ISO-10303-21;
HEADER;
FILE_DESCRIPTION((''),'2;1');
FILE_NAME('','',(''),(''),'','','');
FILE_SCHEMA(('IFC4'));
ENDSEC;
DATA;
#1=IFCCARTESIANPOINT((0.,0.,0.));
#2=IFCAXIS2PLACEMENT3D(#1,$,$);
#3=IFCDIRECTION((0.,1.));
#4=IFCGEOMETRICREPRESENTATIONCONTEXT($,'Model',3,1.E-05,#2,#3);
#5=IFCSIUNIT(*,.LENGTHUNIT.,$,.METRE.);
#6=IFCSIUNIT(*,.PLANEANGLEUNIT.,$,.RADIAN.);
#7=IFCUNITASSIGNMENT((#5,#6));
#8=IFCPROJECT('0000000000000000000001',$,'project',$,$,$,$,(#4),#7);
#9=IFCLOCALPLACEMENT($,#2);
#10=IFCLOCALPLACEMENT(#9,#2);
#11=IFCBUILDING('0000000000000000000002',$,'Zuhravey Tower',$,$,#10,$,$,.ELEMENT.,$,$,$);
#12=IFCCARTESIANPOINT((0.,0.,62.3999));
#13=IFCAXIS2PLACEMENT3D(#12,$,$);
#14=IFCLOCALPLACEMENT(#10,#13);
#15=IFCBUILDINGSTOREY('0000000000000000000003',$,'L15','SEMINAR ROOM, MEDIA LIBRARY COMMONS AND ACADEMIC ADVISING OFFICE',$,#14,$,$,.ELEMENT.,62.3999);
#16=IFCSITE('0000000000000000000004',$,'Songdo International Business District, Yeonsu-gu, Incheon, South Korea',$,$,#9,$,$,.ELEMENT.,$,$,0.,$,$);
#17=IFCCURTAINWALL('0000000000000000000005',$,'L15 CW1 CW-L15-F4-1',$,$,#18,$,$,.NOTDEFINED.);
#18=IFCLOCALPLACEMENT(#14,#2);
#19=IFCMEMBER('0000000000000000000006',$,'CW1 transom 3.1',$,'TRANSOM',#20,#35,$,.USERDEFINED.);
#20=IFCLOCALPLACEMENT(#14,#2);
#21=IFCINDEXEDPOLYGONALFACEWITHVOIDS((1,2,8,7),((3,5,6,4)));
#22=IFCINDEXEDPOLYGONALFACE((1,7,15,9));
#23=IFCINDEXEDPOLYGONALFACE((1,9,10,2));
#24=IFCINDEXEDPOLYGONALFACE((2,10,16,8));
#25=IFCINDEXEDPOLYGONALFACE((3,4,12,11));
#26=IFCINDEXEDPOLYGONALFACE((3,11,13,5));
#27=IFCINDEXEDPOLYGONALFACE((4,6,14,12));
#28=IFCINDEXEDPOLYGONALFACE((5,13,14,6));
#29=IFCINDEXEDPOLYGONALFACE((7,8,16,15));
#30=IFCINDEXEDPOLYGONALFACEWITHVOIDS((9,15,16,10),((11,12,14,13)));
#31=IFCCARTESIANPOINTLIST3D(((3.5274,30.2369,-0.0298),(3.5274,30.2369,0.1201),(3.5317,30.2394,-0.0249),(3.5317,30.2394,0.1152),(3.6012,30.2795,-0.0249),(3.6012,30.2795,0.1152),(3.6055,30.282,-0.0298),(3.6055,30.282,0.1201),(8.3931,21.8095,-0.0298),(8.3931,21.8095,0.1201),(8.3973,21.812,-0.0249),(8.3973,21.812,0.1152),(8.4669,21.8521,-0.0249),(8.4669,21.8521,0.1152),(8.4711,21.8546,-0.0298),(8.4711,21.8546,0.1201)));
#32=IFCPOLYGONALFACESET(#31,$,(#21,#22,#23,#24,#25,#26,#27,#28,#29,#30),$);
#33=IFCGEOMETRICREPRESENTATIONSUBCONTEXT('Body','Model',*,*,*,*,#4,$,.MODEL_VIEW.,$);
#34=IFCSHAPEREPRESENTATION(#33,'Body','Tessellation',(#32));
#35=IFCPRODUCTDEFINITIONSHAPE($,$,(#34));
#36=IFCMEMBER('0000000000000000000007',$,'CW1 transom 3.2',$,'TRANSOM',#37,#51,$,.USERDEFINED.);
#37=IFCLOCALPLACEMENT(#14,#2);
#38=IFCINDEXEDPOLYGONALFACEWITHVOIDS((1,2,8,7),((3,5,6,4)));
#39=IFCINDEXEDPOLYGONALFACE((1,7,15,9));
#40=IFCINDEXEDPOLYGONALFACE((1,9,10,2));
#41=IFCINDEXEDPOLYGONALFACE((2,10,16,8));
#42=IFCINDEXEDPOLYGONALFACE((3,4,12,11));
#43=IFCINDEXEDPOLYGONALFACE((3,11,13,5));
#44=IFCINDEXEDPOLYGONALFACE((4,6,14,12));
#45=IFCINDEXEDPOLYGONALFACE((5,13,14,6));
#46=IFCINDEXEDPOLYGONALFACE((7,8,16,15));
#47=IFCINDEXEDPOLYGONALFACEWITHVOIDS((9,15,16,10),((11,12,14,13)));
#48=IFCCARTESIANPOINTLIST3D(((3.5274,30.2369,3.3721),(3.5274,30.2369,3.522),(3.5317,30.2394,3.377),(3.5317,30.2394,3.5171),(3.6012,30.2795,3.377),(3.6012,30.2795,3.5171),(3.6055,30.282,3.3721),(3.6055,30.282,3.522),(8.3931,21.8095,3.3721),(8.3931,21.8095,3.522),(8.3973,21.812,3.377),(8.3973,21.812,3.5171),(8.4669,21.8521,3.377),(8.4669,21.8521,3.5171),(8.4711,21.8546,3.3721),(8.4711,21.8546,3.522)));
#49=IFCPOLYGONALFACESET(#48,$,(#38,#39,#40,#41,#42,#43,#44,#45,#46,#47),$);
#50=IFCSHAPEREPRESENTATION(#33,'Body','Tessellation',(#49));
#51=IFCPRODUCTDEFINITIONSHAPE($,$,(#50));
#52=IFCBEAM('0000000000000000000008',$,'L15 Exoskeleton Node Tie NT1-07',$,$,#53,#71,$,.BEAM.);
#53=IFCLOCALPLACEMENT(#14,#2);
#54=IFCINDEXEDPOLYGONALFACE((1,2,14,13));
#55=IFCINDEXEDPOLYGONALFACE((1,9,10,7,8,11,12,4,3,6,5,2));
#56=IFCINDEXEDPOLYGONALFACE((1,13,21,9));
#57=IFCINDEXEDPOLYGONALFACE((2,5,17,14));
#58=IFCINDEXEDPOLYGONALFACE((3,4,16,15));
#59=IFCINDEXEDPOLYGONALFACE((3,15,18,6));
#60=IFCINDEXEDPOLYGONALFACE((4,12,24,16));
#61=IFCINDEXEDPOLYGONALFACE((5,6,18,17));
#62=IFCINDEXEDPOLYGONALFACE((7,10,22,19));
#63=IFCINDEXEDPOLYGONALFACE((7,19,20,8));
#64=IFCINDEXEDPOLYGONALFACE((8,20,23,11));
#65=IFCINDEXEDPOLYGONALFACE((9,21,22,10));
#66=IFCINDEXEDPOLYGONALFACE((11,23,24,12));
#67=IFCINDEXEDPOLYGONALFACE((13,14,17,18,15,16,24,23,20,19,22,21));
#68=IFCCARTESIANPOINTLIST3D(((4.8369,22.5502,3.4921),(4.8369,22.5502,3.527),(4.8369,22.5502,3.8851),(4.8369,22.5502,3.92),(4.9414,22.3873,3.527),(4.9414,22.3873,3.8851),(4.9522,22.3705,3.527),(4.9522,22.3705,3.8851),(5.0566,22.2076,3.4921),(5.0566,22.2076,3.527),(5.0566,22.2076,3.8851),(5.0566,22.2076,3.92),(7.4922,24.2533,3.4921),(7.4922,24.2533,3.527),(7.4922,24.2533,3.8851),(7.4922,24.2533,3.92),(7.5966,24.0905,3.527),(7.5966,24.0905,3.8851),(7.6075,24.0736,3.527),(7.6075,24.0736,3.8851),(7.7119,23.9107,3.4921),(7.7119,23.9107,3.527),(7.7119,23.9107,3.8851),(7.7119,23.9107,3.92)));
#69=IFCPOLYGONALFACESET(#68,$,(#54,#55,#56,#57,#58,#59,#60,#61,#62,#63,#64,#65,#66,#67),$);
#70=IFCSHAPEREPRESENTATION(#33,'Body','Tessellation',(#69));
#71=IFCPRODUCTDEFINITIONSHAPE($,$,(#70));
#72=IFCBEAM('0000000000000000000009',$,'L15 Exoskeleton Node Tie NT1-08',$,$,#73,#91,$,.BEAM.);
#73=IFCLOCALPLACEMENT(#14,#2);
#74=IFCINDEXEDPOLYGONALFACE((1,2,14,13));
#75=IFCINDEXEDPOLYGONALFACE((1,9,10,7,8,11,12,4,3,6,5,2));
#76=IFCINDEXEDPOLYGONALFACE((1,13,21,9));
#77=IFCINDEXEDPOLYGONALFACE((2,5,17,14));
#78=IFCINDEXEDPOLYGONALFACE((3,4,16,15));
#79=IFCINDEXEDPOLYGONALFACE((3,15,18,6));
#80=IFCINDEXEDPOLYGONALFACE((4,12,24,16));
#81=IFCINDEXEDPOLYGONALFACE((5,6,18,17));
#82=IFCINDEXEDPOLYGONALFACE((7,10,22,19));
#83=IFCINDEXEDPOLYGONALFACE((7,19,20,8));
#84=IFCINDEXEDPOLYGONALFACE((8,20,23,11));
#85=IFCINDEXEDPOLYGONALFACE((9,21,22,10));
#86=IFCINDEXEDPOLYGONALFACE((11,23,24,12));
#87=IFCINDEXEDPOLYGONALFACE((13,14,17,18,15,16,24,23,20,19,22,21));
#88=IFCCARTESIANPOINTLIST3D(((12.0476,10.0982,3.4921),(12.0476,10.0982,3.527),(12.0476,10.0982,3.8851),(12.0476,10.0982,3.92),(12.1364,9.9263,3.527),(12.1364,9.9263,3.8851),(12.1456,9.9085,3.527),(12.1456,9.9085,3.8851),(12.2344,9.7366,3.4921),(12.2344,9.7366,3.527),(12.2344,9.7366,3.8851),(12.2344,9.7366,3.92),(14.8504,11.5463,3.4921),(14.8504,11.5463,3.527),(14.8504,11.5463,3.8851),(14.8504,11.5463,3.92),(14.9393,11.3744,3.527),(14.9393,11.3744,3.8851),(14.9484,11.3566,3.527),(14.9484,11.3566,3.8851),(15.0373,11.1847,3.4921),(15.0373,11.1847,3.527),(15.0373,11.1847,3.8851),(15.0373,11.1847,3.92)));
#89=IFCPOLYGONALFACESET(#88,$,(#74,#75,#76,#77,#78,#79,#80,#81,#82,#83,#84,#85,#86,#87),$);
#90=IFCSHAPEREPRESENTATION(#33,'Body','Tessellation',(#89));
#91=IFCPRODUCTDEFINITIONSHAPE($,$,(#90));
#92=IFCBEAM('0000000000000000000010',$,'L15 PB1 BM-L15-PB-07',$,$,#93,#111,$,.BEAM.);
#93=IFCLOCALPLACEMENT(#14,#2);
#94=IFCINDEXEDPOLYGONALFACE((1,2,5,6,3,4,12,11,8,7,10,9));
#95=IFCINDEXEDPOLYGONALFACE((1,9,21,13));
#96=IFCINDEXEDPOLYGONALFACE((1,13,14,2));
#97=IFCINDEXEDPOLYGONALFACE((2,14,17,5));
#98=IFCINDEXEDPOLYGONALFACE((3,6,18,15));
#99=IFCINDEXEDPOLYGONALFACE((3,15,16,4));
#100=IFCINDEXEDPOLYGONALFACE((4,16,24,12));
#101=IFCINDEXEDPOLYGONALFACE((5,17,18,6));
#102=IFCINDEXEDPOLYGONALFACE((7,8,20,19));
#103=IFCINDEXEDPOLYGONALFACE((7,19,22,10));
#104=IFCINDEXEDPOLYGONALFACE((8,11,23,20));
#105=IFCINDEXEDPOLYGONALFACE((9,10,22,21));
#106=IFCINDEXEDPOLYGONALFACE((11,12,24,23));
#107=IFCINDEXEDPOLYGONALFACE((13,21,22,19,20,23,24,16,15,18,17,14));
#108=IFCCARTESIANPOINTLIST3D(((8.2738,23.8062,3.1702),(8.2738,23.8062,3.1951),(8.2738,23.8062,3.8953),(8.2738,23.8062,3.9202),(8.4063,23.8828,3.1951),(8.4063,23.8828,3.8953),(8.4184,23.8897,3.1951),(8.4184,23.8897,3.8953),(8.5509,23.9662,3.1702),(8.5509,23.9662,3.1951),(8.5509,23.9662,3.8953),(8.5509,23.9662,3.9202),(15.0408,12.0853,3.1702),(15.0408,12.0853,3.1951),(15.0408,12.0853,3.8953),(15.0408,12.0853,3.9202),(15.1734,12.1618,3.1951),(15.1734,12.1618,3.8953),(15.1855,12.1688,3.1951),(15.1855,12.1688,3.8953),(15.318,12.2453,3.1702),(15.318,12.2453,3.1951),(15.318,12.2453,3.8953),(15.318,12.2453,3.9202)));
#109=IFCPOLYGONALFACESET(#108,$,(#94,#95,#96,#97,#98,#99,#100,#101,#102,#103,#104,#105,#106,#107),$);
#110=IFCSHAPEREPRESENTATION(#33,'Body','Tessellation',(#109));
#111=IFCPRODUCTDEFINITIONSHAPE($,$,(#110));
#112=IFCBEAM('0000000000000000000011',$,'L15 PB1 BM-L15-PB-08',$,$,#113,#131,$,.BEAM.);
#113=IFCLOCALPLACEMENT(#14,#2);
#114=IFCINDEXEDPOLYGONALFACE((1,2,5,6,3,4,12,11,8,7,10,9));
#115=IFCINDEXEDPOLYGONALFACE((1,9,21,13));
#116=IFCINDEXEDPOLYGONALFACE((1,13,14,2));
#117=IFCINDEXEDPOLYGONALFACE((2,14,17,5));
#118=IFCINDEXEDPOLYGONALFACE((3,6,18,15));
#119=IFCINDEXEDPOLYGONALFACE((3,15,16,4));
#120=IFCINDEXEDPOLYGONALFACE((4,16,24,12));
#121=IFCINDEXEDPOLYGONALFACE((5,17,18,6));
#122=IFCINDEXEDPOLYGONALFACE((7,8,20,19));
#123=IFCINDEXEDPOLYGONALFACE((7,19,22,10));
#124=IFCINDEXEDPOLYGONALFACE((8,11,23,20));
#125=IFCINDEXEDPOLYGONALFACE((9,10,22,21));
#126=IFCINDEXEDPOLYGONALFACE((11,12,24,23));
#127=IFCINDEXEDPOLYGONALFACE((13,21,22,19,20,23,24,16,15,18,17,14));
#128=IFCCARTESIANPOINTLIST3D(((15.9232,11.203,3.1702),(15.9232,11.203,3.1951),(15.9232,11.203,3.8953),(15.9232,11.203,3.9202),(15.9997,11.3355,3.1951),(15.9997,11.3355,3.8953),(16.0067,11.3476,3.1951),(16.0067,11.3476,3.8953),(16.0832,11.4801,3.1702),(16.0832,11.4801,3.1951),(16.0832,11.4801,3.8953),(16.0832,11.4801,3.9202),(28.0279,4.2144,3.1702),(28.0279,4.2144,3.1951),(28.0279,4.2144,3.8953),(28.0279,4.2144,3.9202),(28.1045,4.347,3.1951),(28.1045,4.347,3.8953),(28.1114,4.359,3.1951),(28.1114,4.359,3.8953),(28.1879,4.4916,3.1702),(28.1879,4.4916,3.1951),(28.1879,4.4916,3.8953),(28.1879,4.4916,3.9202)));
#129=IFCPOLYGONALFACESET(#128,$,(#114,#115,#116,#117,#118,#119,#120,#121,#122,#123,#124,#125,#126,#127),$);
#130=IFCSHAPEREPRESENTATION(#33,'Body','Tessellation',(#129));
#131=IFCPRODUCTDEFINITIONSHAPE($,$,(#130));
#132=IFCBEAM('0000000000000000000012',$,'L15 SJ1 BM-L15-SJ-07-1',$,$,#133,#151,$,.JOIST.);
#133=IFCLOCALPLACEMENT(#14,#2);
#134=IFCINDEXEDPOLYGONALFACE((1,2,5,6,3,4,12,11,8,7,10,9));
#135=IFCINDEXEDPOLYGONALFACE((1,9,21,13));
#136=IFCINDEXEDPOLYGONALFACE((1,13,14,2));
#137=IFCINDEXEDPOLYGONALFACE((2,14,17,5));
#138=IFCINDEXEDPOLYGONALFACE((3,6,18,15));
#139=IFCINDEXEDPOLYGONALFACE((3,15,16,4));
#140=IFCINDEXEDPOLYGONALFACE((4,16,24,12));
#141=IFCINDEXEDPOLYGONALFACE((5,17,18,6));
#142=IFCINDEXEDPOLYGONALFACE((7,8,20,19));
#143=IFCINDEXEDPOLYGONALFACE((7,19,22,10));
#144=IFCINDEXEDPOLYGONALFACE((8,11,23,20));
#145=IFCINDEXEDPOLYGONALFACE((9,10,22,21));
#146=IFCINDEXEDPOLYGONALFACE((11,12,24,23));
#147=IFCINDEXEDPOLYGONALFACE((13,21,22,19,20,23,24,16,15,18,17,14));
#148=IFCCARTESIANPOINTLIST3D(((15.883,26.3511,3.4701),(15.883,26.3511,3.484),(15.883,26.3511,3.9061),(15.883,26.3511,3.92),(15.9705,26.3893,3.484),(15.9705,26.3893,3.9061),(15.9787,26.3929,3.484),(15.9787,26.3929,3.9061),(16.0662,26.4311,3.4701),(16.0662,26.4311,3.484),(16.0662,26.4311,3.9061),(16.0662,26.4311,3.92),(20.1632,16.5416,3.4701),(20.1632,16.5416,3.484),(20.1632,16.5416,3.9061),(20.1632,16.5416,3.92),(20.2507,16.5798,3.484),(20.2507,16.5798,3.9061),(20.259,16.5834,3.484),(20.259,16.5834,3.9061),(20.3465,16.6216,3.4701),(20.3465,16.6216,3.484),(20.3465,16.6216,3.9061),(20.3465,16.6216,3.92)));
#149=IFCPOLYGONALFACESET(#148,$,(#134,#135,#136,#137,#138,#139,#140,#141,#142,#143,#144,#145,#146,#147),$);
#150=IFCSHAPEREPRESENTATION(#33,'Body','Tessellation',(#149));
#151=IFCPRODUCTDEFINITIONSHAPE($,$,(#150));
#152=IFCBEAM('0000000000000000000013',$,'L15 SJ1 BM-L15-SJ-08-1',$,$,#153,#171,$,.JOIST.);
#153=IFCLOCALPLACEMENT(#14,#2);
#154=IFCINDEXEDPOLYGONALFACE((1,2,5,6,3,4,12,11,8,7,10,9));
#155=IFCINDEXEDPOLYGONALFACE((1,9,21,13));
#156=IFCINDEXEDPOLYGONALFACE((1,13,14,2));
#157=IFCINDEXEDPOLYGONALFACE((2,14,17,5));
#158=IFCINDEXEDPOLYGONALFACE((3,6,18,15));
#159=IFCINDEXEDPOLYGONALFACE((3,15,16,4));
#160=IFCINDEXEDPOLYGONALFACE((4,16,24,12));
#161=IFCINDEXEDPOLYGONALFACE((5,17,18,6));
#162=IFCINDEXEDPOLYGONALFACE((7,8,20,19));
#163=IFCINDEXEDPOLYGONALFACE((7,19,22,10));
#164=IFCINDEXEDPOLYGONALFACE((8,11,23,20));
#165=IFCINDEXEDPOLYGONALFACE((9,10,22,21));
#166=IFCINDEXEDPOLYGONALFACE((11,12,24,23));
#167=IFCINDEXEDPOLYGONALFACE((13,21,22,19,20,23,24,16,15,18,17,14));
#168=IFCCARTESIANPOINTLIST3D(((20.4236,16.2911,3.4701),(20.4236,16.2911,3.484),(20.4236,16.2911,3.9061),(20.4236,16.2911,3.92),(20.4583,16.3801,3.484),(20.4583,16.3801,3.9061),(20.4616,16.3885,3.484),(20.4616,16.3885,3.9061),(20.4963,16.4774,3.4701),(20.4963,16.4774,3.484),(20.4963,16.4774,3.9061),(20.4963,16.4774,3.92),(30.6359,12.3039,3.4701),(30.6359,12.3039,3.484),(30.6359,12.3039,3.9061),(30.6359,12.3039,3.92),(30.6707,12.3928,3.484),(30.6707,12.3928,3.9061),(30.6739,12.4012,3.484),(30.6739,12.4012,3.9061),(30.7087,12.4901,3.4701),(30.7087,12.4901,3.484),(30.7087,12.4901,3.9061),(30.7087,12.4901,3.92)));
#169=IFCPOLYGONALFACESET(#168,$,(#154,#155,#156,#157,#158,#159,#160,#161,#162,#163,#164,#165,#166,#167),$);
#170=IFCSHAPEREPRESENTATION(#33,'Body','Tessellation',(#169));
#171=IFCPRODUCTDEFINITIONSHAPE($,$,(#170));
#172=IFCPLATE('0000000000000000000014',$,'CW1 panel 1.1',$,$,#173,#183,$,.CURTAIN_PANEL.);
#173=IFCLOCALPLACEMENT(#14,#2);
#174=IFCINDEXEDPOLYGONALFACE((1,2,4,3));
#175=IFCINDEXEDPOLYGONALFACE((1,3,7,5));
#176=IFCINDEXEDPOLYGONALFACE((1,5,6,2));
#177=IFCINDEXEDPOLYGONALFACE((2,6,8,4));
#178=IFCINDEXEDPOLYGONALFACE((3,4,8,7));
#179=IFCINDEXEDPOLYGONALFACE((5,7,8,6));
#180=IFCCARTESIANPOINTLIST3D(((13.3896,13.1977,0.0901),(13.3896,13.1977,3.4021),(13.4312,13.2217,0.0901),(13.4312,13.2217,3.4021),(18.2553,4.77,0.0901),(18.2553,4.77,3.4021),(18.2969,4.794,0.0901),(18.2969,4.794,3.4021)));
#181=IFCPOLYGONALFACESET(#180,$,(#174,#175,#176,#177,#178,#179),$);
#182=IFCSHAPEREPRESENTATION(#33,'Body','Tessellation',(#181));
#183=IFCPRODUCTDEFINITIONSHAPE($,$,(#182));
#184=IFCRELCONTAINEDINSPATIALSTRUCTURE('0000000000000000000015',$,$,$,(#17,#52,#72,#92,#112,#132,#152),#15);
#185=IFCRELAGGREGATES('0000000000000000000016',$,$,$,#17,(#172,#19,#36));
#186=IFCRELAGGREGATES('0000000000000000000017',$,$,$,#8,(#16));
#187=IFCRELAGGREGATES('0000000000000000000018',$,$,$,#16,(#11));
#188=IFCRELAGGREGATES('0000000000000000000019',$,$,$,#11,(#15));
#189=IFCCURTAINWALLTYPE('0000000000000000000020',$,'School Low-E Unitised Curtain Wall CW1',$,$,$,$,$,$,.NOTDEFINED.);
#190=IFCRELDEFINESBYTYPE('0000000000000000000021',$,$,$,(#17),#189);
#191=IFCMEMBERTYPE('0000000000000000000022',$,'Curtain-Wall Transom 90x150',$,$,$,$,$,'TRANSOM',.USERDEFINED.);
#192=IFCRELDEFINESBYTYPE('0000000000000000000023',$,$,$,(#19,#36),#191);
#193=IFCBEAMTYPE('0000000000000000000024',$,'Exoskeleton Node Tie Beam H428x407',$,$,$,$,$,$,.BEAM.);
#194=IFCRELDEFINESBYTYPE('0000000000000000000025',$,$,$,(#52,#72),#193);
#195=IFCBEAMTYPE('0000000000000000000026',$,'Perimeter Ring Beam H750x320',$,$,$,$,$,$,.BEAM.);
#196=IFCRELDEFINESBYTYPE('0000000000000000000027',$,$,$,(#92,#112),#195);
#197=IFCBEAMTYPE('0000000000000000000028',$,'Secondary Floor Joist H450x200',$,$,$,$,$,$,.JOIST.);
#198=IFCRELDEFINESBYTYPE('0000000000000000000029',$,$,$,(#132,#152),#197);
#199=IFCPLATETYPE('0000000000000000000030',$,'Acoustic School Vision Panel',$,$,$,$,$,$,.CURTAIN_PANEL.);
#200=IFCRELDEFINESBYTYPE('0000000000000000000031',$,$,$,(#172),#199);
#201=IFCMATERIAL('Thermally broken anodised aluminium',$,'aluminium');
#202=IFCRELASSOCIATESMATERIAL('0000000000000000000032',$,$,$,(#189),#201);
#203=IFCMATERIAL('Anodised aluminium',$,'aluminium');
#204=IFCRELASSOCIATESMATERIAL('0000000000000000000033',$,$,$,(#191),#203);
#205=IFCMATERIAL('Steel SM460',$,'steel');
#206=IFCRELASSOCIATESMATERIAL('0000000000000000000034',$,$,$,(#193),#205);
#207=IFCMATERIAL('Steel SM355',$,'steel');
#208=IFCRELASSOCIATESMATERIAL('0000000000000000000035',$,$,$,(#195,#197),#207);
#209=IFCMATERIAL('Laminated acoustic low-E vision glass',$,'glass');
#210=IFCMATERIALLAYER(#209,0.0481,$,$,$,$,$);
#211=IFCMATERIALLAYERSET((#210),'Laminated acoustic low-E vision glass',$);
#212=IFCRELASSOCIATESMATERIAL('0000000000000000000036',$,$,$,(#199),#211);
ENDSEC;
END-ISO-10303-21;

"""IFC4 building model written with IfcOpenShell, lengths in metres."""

from ifc_helpers import new_model, si_unit, direction, frame, origin, origin_2d, place, context, subcontext, project, spatial, rectangle, hollow_rectangle, i_section, extrude, material, layer, layer_set, material_profile, profile_set, type_object, element, aggregate, save


model = new_model("IFC4")

# Units and contexts
model_context = context("Model", 3, precision=1e-05, world=origin(), true_north=direction((0.0, 1.0)))
body_context = subcontext(model_context, "Body", "Model", "MODEL_VIEW")
ifc_project = project(units=[si_unit("LENGTHUNIT", "METRE"), si_unit("PLANEANGLEUNIT", "RADIAN")], contexts=[model_context])

# Site, building, storey
site_placement = place(None, origin())
site = spatial("IfcSite", under=ifc_project, at=site_placement, Name="Songdo International Business District, Yeonsu-gu, Incheon, South Korea", CompositionType="ELEMENT", RefElevation=0.0)
building_placement = place(site_placement, origin())
building = spatial("IfcBuilding", under=site, at=building_placement, Name="Zuhravey Tower", CompositionType="ELEMENT")
storey_placement = place(building_placement, frame((0.0, 0.0, 62.3999)))
storey = spatial("IfcBuildingStorey", under=building, at=storey_placement, Name="L15", Description="SEMINAR ROOM, MEDIA LIBRARY COMMONS AND ACADEMIC ADVISING OFFICE", CompositionType="ELEMENT", Elevation=62.3999)

# Shared definitions
ifc_material_1 = material(Name="Thermally broken anodised aluminium", Category="aluminium")
curtain_wall_type = type_object("IfcCurtainWallType", Name="School Low-E Unitised Curtain Wall CW1", PredefinedType="NOTDEFINED", material=ifc_material_1)
ifc_material_2 = material(Name="Anodised aluminium", Category="aluminium")

# Curtain wall, members
curtain_wall_1_placement = place(storey_placement, origin())
curtain_wall_1 = element("IfcCurtainWall", 1, at=curtain_wall_1_placement, inside=storey, type_object=curtain_wall_type, Name="L15 CW1 CW-L15-F4-1", PredefinedType="NOTDEFINED")
ifc_material_profile_1 = material_profile(ifc_material_2, hollow_rectangle(XDim=0.0901, YDim=0.1499, WallThickness=0.0049, at=origin_2d()), Name="ALU-RHS-90x150x5")
ifc_profile_set_1 = profile_set([ifc_material_profile_1], Name="Anodised aluminium")
member_type_1 = type_object("IfcMemberType", Name="Curtain-Wall Transom 90x150", ElementType="TRANSOM", PredefinedType="USERDEFINED", material=ifc_profile_set_1)
member_1_placement = place(storey_placement, frame((8.4321, 21.832, 0.0452), z_axis=(-0.500008, 0.866021, 0.0), x_axis=(-0.866021, -0.500008, 0.0)))
member_1 = element("IfcMember", 2, at=member_1_placement, type_object=member_type_1, Name="CW1 transom 3.1", ObjectType="TRANSOM", PredefinedType="USERDEFINED", context=body_context, shape_type="SweptSolid", body=[
    extrude(hollow_rectangle(XDim=0.0901, YDim=0.1499, WallThickness=0.0049, at=origin_2d()), origin(), (0.0, 0.0, 1.0), 9.7312),
])
member_2_placement = place(storey_placement, frame((8.4321, 21.832, 3.447), z_axis=(-0.500008, 0.866021, 0.0), x_axis=(-0.866021, -0.500008, 0.0)))
member_2 = element("IfcMember", 3, at=member_2_placement, type_object=member_type_1, Name="CW1 transom 3.2", ObjectType="TRANSOM", PredefinedType="USERDEFINED", context=body_context, shape_type="SweptSolid", body=[
    extrude(hollow_rectangle(XDim=0.0901, YDim=0.1499, WallThickness=0.0049, at=origin_2d()), origin(), (0.0, 0.0, 1.0), 9.7312),
])

# Beams
ifc_material_3 = material(Name="Steel SM460", Category="steel")
ifc_material_profile_2 = material_profile(ifc_material_3, i_section(OverallWidth=0.407, OverallDepth=0.428, WebThickness=0.02, FlangeThickness=0.0349, at=origin_2d()), Name="H-428x407x20x35")
ifc_profile_set_2 = profile_set([ifc_material_profile_2], Name="Steel SM460")
beam_type_1 = type_object("IfcBeamType", Name="Exoskeleton Node Tie Beam H428x407", PredefinedType="BEAM", material=ifc_profile_set_2)
beam_1_placement = place(storey_placement, frame((7.6021, 24.082, 3.7061), z_axis=(-0.841731, -0.539897, 0.0), x_axis=(0.539897, -0.841731, 0.0)))
element("IfcBeam", 4, at=beam_1_placement, inside=storey, type_object=beam_type_1, Name="L15 Exoskeleton Node Tie NT1-07", PredefinedType="BEAM", context=body_context, shape_type="SweptSolid", body=[
    extrude(i_section(OverallWidth=0.407, OverallDepth=0.428, WebThickness=0.02, FlangeThickness=0.0349, at=origin_2d()), origin(), (0.0, 0.0, 1.0), 3.1545),
])
beam_2_placement = place(storey_placement, frame((14.9438, 11.3655, 3.7061), z_axis=(-0.888436, -0.459, 0.0), x_axis=(0.459, -0.888436, 0.0)))
element("IfcBeam", 5, at=beam_2_placement, inside=storey, type_object=beam_type_1, Name="L15 Exoskeleton Node Tie NT1-08", PredefinedType="BEAM", context=body_context, shape_type="SweptSolid", body=[
    extrude(i_section(OverallWidth=0.407, OverallDepth=0.428, WebThickness=0.02, FlangeThickness=0.0349, at=origin_2d()), origin(), (0.0, 0.0, 1.0), 3.1548),
])
ifc_material_4 = material(Name="Steel SM355", Category="steel")
ifc_material_profile_3 = material_profile(ifc_material_4, i_section(OverallWidth=0.3201, OverallDepth=0.75, WebThickness=0.0139, FlangeThickness=0.0249, at=origin_2d()), Name="H-750x320x14x25")
ifc_profile_set_3 = profile_set([ifc_material_profile_3], Name="Steel SM355")
beam_type_2 = type_object("IfcBeamType", Name="Perimeter Ring Beam H750x320", PredefinedType="BEAM", material=ifc_profile_set_3)
beam_3_placement = place(storey_placement, frame((8.4124, 23.8862, 3.5452), z_axis=(0.5, -0.866025, 0.0), x_axis=(0.866025, 0.5, 0.0)))
element("IfcBeam", 6, at=beam_3_placement, inside=storey, type_object=beam_type_2, Name="L15 PB1 BM-L15-PB-07", PredefinedType="BEAM", context=body_context, shape_type="SweptSolid", body=[
    extrude(i_section(OverallWidth=0.3201, OverallDepth=0.75, WebThickness=0.0139, FlangeThickness=0.0249, at=origin_2d()), origin(), (0.0, 0.0, 1.0), 13.5342),
])
beam_4_placement = place(storey_placement, frame((16.0032, 11.3416, 3.5452), z_axis=(0.86603, -0.499992, 0.0), x_axis=(0.499992, 0.86603, 0.0)))
element("IfcBeam", 7, at=beam_4_placement, inside=storey, type_object=beam_type_2, Name="L15 PB1 BM-L15-PB-08", PredefinedType="BEAM", context=body_context, shape_type="SweptSolid", body=[
    extrude(i_section(OverallWidth=0.3201, OverallDepth=0.75, WebThickness=0.0139, FlangeThickness=0.0249, at=origin_2d()), origin(), (0.0, 0.0, 1.0), 13.9773),
])
ifc_material_profile_4 = material_profile(ifc_material_4, i_section(OverallWidth=0.2, OverallDepth=0.45, WebThickness=0.009, FlangeThickness=0.0139, at=origin_2d()), Name="H-450x200x9x14")
ifc_profile_set_4 = profile_set([ifc_material_profile_4], Name="Steel SM355")
beam_type_3 = type_object("IfcBeamType", Name="Secondary Floor Joist H450x200", PredefinedType="JOIST", material=ifc_profile_set_4)
beam_5_placement = place(storey_placement, frame((15.9746, 26.3911, 3.6951), z_axis=(0.399924, -0.916549, 0.0), x_axis=(0.916549, 0.399924, 0.0)))
element("IfcBeam", 8, at=beam_5_placement, inside=storey, type_object=beam_type_3, Name="L15 SJ1 BM-L15-SJ-07-1", PredefinedType="JOIST", context=body_context, shape_type="SweptSolid", body=[
    extrude(i_section(OverallWidth=0.2, OverallDepth=0.45, WebThickness=0.009, FlangeThickness=0.0139, at=origin_2d()), origin(), (0.0, 0.0, 1.0), 10.7026),
])
beam_6_placement = place(storey_placement, frame((20.46, 16.3843, 3.6951), z_axis=(0.931517, -0.363699, 0.0), x_axis=(0.363699, 0.931517, 0.0)))
element("IfcBeam", 9, at=beam_6_placement, inside=storey, type_object=beam_type_3, Name="L15 SJ1 BM-L15-SJ-08-1", PredefinedType="JOIST", context=body_context, shape_type="SweptSolid", body=[
    extrude(i_section(OverallWidth=0.2, OverallDepth=0.45, WebThickness=0.009, FlangeThickness=0.0139, at=origin_2d()), origin(), (0.0, 0.0, 1.0), 10.9631),
])

# Plate
ifc_material_5 = material(Name="Laminated acoustic low-E vision glass", Category="glass")
ifc_layer_1 = layer(ifc_material_5, 0.0481)
ifc_layer_set_1 = layer_set([ifc_layer_1], Name="Laminated acoustic low-E vision glass")
plate_type = type_object("IfcPlateType", Name="Acoustic School Vision Panel", PredefinedType="CURTAIN_PANEL", material=ifc_layer_set_1)
plate_1_placement = place(storey_placement, frame((15.8433, 8.9958, 0.0901), z_axis=(0.0, 0.0, 1.0), x_axis=(-0.5, 0.866026, 0.0)))
plate_1 = element("IfcPlate", 10, at=plate_1_placement, type_object=plate_type, Name="CW1 panel 1.1", PredefinedType="CURTAIN_PANEL", context=body_context, shape_type="SweptSolid", body=[
    extrude(rectangle(XDim=9.7314, YDim=0.0481, at=origin_2d()), origin(), (0.0, 0.0, 1.0), 3.312),
])
aggregate(curtain_wall_1, [plate_1, member_1, member_2])

save(model, "model.ifc")
